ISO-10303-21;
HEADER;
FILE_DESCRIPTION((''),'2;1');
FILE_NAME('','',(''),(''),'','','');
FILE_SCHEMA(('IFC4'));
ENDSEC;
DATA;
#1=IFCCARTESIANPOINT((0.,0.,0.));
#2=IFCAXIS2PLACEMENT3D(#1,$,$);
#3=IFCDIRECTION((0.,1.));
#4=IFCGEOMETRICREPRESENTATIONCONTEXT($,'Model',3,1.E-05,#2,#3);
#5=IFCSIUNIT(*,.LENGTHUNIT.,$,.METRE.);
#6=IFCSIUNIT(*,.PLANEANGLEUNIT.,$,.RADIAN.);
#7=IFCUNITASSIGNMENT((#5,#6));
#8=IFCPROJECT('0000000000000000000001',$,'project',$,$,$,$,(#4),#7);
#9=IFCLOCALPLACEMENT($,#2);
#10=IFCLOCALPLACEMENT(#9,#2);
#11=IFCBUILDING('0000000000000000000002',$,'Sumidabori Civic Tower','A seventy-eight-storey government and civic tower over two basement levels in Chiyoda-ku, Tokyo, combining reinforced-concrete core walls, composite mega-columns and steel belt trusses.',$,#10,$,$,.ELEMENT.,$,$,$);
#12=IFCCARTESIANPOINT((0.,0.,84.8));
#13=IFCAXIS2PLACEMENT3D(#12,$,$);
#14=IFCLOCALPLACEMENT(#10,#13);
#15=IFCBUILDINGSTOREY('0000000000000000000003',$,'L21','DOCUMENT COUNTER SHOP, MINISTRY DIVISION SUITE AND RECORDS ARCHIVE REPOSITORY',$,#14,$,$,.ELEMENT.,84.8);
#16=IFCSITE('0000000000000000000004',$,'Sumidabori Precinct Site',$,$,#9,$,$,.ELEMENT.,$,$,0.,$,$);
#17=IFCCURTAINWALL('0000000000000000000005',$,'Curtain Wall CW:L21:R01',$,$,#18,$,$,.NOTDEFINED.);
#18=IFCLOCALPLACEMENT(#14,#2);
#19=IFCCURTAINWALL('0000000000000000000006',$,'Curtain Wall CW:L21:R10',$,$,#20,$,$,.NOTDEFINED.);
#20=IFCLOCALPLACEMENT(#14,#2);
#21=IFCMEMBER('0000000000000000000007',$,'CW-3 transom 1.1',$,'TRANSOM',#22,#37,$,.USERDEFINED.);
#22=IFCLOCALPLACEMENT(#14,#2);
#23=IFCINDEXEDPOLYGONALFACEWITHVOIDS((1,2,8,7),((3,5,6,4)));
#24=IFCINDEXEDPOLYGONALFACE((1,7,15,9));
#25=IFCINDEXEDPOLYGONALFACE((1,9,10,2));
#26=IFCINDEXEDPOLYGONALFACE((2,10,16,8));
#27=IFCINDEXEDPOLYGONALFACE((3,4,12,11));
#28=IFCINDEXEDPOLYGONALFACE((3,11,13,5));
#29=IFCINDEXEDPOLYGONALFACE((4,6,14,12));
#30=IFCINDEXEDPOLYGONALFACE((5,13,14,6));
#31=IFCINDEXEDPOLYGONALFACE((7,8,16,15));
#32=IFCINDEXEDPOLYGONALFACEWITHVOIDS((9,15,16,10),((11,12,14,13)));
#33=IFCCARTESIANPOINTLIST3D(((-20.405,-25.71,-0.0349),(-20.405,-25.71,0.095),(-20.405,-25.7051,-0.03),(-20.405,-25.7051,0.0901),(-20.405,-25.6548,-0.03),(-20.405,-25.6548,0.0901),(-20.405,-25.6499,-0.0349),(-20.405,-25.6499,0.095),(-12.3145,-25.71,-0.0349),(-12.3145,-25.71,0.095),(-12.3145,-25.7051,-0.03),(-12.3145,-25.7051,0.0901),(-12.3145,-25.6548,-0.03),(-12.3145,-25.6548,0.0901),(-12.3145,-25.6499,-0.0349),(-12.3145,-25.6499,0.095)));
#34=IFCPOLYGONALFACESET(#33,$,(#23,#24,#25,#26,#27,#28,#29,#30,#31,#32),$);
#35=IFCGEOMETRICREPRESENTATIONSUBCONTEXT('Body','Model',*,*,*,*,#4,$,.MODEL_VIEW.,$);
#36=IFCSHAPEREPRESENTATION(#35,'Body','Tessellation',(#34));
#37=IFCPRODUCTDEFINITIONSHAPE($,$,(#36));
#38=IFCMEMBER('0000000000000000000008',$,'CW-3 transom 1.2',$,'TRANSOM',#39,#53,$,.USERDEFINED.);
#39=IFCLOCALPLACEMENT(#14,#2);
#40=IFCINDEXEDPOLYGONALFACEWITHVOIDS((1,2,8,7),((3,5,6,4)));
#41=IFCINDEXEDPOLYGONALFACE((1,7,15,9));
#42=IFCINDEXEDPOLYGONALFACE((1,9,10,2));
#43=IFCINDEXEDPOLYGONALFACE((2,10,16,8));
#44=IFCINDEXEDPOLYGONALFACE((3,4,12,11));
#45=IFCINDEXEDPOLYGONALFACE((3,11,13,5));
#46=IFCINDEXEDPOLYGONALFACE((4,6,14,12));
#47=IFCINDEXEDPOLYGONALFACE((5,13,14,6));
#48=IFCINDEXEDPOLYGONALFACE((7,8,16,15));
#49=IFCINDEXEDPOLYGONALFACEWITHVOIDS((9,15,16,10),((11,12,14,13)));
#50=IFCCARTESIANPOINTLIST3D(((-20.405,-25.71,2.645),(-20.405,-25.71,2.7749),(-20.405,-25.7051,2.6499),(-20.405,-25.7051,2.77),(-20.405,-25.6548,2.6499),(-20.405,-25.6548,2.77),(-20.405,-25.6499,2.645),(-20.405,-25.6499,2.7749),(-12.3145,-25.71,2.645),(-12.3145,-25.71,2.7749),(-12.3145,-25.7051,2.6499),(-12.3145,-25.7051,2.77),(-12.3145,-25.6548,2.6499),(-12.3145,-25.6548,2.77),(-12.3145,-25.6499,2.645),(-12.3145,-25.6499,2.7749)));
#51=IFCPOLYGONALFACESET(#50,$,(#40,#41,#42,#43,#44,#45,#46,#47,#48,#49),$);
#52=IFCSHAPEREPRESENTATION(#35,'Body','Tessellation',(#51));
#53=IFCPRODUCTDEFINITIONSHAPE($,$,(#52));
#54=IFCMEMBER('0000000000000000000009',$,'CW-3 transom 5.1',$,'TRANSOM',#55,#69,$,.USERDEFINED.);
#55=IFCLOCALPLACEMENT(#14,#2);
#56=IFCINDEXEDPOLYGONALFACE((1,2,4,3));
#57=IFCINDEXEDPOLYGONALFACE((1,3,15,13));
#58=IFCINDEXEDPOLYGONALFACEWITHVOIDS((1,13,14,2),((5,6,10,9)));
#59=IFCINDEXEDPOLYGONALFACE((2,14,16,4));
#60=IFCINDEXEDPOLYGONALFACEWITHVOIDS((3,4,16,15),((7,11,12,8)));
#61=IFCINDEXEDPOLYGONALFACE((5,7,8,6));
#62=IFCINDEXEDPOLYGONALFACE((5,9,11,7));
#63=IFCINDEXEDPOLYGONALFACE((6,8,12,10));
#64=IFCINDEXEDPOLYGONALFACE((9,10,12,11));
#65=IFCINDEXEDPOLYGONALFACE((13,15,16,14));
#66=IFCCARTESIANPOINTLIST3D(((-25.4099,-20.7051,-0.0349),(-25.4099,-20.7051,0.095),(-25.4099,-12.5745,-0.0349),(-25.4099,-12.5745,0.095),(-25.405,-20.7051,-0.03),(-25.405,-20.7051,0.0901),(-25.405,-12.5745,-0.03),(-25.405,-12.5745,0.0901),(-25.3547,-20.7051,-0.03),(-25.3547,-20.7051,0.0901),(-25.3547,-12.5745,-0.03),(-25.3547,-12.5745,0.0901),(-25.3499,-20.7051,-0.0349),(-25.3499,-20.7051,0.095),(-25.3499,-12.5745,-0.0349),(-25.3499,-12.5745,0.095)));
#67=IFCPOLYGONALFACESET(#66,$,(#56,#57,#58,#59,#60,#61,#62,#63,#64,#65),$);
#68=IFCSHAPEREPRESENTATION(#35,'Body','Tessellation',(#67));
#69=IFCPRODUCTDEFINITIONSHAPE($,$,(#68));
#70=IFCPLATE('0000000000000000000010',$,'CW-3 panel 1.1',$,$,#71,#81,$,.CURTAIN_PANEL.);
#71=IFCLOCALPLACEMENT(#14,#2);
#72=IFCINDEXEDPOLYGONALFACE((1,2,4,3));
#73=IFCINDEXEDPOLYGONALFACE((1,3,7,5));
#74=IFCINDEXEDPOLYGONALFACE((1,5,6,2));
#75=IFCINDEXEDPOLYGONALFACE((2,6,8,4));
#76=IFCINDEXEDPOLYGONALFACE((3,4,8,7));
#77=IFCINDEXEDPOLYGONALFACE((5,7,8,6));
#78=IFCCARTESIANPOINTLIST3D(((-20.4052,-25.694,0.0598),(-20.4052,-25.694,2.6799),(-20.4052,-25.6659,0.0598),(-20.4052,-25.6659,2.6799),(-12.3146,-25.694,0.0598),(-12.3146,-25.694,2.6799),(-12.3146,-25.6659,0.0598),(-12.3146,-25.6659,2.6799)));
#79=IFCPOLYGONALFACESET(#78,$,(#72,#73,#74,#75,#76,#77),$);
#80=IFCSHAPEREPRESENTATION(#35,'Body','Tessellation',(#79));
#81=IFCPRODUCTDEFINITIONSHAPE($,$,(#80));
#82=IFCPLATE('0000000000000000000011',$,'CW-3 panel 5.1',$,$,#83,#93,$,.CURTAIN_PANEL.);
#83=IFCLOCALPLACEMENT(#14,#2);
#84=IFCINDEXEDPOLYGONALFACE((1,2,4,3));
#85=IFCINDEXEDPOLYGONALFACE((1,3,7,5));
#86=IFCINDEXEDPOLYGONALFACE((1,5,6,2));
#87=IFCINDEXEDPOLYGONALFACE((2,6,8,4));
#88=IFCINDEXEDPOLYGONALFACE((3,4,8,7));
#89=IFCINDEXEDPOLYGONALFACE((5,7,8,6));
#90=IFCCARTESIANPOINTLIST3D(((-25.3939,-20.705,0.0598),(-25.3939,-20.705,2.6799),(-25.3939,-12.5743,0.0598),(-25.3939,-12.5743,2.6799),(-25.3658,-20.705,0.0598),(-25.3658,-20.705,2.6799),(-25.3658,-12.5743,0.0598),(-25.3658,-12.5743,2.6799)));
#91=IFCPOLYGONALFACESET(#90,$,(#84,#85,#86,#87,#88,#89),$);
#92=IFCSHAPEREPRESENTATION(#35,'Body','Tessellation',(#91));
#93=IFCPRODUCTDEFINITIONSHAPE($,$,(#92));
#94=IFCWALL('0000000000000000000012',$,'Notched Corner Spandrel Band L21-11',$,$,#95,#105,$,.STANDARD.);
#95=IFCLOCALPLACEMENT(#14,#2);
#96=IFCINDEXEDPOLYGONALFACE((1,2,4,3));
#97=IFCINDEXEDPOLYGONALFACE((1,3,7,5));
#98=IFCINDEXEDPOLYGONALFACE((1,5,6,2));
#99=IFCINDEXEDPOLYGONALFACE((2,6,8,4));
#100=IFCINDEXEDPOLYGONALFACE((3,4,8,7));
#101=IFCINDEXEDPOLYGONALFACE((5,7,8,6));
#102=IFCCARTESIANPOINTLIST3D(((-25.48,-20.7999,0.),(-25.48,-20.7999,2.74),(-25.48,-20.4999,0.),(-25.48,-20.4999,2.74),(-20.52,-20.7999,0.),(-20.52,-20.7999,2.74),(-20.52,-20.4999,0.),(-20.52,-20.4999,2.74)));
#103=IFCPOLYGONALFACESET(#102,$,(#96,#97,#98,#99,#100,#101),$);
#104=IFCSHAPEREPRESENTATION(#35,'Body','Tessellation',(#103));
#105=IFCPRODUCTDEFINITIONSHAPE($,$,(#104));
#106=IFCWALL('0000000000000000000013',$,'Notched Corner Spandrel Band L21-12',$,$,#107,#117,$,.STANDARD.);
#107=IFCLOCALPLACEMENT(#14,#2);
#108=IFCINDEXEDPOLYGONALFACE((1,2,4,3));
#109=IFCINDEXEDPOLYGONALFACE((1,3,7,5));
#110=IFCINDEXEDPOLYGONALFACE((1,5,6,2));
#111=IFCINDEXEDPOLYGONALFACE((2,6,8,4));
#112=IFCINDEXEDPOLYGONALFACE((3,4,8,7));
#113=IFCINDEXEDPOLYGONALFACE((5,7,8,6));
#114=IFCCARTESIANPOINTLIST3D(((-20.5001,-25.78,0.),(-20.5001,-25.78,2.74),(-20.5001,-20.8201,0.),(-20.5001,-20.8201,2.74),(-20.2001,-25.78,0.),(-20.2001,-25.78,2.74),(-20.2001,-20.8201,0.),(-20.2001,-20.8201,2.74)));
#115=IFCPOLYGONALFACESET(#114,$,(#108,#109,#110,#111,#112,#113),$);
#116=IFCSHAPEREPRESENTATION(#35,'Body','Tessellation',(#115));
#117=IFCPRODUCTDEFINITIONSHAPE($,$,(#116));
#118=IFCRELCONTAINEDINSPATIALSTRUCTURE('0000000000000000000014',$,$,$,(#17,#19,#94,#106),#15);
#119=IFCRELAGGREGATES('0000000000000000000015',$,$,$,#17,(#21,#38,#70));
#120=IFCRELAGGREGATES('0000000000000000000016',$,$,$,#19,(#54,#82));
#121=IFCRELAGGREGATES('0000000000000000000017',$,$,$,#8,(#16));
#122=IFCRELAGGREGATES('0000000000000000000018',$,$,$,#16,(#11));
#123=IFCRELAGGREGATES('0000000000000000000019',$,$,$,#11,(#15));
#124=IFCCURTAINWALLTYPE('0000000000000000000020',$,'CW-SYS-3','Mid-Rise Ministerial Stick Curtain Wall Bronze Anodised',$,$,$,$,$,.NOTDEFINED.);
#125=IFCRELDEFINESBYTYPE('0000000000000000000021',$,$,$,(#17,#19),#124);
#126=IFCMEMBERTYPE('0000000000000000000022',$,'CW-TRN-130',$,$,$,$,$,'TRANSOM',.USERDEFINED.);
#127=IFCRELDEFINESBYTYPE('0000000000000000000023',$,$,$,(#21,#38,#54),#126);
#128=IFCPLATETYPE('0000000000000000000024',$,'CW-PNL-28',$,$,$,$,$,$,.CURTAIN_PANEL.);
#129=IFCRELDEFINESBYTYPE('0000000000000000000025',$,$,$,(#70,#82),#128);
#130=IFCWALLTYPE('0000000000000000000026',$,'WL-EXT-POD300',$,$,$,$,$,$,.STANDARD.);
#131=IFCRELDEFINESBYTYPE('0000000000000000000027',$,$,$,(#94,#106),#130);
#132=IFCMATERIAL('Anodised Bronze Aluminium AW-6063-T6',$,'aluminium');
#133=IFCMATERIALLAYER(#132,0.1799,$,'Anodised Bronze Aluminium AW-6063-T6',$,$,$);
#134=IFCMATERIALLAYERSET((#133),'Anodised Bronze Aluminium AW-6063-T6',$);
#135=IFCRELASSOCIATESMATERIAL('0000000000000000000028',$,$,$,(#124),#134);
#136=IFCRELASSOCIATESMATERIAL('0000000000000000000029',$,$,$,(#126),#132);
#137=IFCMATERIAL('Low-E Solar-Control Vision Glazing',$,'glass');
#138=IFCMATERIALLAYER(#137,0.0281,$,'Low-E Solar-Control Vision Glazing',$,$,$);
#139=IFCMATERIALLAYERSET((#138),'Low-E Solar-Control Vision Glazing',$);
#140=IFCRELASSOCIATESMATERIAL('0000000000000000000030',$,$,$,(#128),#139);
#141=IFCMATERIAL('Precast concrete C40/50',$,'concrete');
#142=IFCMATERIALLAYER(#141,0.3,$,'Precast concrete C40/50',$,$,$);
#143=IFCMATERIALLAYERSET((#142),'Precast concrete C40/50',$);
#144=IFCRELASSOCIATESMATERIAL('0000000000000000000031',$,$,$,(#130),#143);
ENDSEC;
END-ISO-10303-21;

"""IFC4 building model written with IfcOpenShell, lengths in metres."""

from ifc_helpers import new_model, si_unit, direction, frame, frame_2d, origin, origin_2d, place, context, subcontext, project, spatial, rectangle, hollow_rectangle, extrude, source, transform, mapped, material, layer, layer_set, material_profile, profile_set, type_object, element, aggregate, save


model = new_model("IFC4")

# Units and contexts
model_context = context("Model", 3, precision=1e-05, world=origin(), true_north=direction((0.0, 1.0)))
body_context = subcontext(model_context, "Body", "Model", "MODEL_VIEW")
ifc_project = project(units=[si_unit("LENGTHUNIT", "METRE"), si_unit("PLANEANGLEUNIT", "RADIAN")], contexts=[model_context])

# Site, building, storey
site_placement = place(None, origin())
site = spatial("IfcSite", under=ifc_project, at=site_placement, Name="Sumidabori Precinct Site", CompositionType="ELEMENT", RefElevation=0.0)
building_placement = place(site_placement, origin())
building = spatial("IfcBuilding", under=site, at=building_placement, Name="Sumidabori Civic Tower", Description="A seventy-eight-storey government and civic tower over two basement levels in Chiyoda-ku, Tokyo, combining reinforced-concrete core walls, composite mega-columns and steel belt trusses.", CompositionType="ELEMENT")
storey_placement = place(building_placement, frame((0.0, 0.0, 84.8)))
storey = spatial("IfcBuildingStorey", under=building, at=storey_placement, Name="L21", Description="DOCUMENT COUNTER SHOP, MINISTRY DIVISION SUITE AND RECORDS ARCHIVE REPOSITORY", CompositionType="ELEMENT", Elevation=84.8)

# Curtain walls
ifc_material_1 = material(Name="Anodised Bronze Aluminium AW-6063-T6", Category="aluminium")
ifc_layer_1 = layer(ifc_material_1, 0.1799, Name="Anodised Bronze Aluminium AW-6063-T6")
ifc_layer_set_1 = layer_set([ifc_layer_1], Name="Anodised Bronze Aluminium AW-6063-T6")
curtain_wall_type = type_object("IfcCurtainWallType", Name="CW-SYS-3", Description="Mid-Rise Ministerial Stick Curtain Wall Bronze Anodised", PredefinedType="NOTDEFINED", material=ifc_layer_set_1)
curtain_wall_1_placement = place(storey_placement, origin())
curtain_wall_1 = element("IfcCurtainWall", 1, at=curtain_wall_1_placement, inside=storey, type_object=curtain_wall_type, Name="Curtain Wall CW:L21:R01", PredefinedType="NOTDEFINED")
curtain_wall_2_placement = place(storey_placement, origin())
curtain_wall_2 = element("IfcCurtainWall", 2, at=curtain_wall_2_placement, inside=storey, type_object=curtain_wall_type, Name="Curtain Wall CW:L21:R10", PredefinedType="NOTDEFINED")

# Members
ifc_material_profile_1 = material_profile(ifc_material_1, hollow_rectangle(XDim=0.0601, YDim=0.1299, WallThickness=0.0049, at=origin_2d()), Name="ALU TRANSOM 130x60")
ifc_profile_set_1 = profile_set([ifc_material_profile_1], Name="Anodised Bronze Aluminium AW-6063-T6")
member_type_1 = type_object("IfcMemberType", Name="CW-TRN-130", ElementType="TRANSOM", PredefinedType="USERDEFINED", material=ifc_profile_set_1)
shared_shape_1 = source(origin(), body_context, "Body", "SweptSolid", [
    extrude(hollow_rectangle(XDim=0.0601, YDim=0.1299, WallThickness=0.0049, at=origin_2d()), origin(), (0.0, 0.0, 1.0), 8.0906),
])
member_1_placement = place(storey_placement, frame((-20.405, -25.6799, 0.03), z_axis=(1.0, 0.0, 0.0), x_axis=(0.0, 1.0, 0.0)))
member_1 = element("IfcMember", 3, at=member_1_placement, type_object=member_type_1, Name="CW-3 transom 1.1", ObjectType="TRANSOM", PredefinedType="USERDEFINED", context=body_context, shape_type="MappedRepresentation", body=[
    mapped(shared_shape_1, transform((0.0, 0.0, 0.0), x_axis=(1.0, 0.0, 0.0), y_axis=(0.0, 1.0, 0.0), z_axis=(0.0, 0.0, 1.0), scale=1.0)),
])
member_2_placement = place(storey_placement, frame((-20.405, -25.6799, 2.71), z_axis=(1.0, 0.0, 0.0), x_axis=(0.0, 1.0, 0.0)))
member_2 = element("IfcMember", 4, at=member_2_placement, type_object=member_type_1, Name="CW-3 transom 1.2", ObjectType="TRANSOM", PredefinedType="USERDEFINED", context=body_context, shape_type="MappedRepresentation", body=[
    mapped(shared_shape_1, transform((0.0, 0.0, 0.0), x_axis=(1.0, 0.0, 0.0), y_axis=(0.0, 1.0, 0.0), z_axis=(0.0, 0.0, 1.0), scale=1.0)),
])
shared_shape_2 = source(origin(), body_context, "Body", "SweptSolid", [
    extrude(hollow_rectangle(XDim=0.0601, YDim=0.1299, WallThickness=0.0049, at=origin_2d()), origin(), (0.0, 0.0, 1.0), 8.1306),
])
member_3_placement = place(storey_placement, frame((-25.3799, -12.5745, 0.03), z_axis=(0.0, -1.0, 0.0), x_axis=(1.0, 0.0, 0.0)))
member_3 = element("IfcMember", 5, at=member_3_placement, type_object=member_type_1, Name="CW-3 transom 5.1", ObjectType="TRANSOM", PredefinedType="USERDEFINED", context=body_context, shape_type="MappedRepresentation", body=[
    mapped(shared_shape_2, transform((0.0, 0.0, 0.0), x_axis=(1.0, 0.0, 0.0), y_axis=(0.0, 1.0, 0.0), z_axis=(0.0, 0.0, 1.0), scale=1.0)),
])

# Plates
ifc_material_2 = material(Name="Low-E Solar-Control Vision Glazing", Category="glass")
ifc_layer_2 = layer(ifc_material_2, 0.0281, Name="Low-E Solar-Control Vision Glazing")
ifc_layer_set_2 = layer_set([ifc_layer_2], Name="Low-E Solar-Control Vision Glazing")
plate_type = type_object("IfcPlateType", Name="CW-PNL-28", PredefinedType="CURTAIN_PANEL", material=ifc_layer_set_2)
shared_shape_3 = source(origin(), body_context, "Body", "SweptSolid", [
    extrude(rectangle(XDim=8.0906, YDim=0.0281, at=origin_2d()), origin(), (0.0, 0.0, 1.0), 2.6201),
])
plate_1_placement = place(storey_placement, frame((-16.3599, -25.6799, 0.0598), z_axis=(0.0, 0.0, 1.0), x_axis=(1.0, 0.0, 0.0)))
plate_1 = element("IfcPlate", 6, at=plate_1_placement, type_object=plate_type, Name="CW-3 panel 1.1", PredefinedType="CURTAIN_PANEL", context=body_context, shape_type="MappedRepresentation", body=[
    mapped(shared_shape_3, transform((0.0, 0.0, 0.0), x_axis=(1.0, 0.0, 0.0), y_axis=(0.0, 1.0, 0.0), z_axis=(0.0, 0.0, 1.0), scale=1.0)),
])
aggregate(curtain_wall_1, [member_1, member_2, plate_1])
shared_shape_4 = source(origin(), body_context, "Body", "SweptSolid", [
    extrude(rectangle(XDim=8.1306, YDim=0.0281, at=origin_2d()), origin(), (0.0, 0.0, 1.0), 2.6201),
])
plate_2_placement = place(storey_placement, frame((-25.3799, -16.6396, 0.0598), z_axis=(0.0, 0.0, 1.0), x_axis=(0.0, -1.0, 0.0)))
plate_2 = element("IfcPlate", 7, at=plate_2_placement, type_object=plate_type, Name="CW-3 panel 5.1", PredefinedType="CURTAIN_PANEL", context=body_context, shape_type="MappedRepresentation", body=[
    mapped(shared_shape_4, transform((0.0, 0.0, 0.0), x_axis=(1.0, 0.0, 0.0), y_axis=(0.0, 1.0, 0.0), z_axis=(0.0, 0.0, 1.0), scale=1.0)),
])
aggregate(curtain_wall_2, [member_3, plate_2])

# Walls
ifc_material_3 = material(Name="Precast concrete C40/50", Category="concrete")
ifc_layer_3 = layer(ifc_material_3, 0.3, Name="Precast concrete C40/50")
ifc_layer_set_3 = layer_set([ifc_layer_3], Name="Precast concrete C40/50")
wall_type_1 = type_object("IfcWallType", Name="WL-EXT-POD300", PredefinedType="STANDARD", material=ifc_layer_set_3)
shared_shape_5 = source(origin(), body_context, "Body", "SweptSolid", [
    extrude(rectangle(XDim=4.96, YDim=0.3, at=frame_2d((2.48, 0.0))), origin(), (0.0, 0.0, 1.0), 2.74),
])
for number, where, z_axis, x_axis, name in (
    (8, (-25.48, -20.6499, 0.0), (0.0, 0.0, 1.0), (1.0, 0.0, 0.0), "Notched Corner Spandrel Band L21-11"),
    (9, (-20.3501, -20.8201, 0.0), (0.0, 0.0, 1.0), (0.0, -1.0, 0.0), "Notched Corner Spandrel Band L21-12"),
):
    element("IfcWall", number, at=place(storey_placement, frame(where, z_axis=z_axis, x_axis=x_axis)), inside=storey, type_object=wall_type_1, Name=name, PredefinedType="STANDARD", context=body_context, shape_type="MappedRepresentation", body=[
        mapped(shared_shape_5, transform((0.0, 0.0, 0.0), x_axis=(1.0, 0.0, 0.0), y_axis=(0.0, 1.0, 0.0), z_axis=(0.0, 0.0, 1.0), scale=1.0)),
    ])

save(model, "model.ifc")
